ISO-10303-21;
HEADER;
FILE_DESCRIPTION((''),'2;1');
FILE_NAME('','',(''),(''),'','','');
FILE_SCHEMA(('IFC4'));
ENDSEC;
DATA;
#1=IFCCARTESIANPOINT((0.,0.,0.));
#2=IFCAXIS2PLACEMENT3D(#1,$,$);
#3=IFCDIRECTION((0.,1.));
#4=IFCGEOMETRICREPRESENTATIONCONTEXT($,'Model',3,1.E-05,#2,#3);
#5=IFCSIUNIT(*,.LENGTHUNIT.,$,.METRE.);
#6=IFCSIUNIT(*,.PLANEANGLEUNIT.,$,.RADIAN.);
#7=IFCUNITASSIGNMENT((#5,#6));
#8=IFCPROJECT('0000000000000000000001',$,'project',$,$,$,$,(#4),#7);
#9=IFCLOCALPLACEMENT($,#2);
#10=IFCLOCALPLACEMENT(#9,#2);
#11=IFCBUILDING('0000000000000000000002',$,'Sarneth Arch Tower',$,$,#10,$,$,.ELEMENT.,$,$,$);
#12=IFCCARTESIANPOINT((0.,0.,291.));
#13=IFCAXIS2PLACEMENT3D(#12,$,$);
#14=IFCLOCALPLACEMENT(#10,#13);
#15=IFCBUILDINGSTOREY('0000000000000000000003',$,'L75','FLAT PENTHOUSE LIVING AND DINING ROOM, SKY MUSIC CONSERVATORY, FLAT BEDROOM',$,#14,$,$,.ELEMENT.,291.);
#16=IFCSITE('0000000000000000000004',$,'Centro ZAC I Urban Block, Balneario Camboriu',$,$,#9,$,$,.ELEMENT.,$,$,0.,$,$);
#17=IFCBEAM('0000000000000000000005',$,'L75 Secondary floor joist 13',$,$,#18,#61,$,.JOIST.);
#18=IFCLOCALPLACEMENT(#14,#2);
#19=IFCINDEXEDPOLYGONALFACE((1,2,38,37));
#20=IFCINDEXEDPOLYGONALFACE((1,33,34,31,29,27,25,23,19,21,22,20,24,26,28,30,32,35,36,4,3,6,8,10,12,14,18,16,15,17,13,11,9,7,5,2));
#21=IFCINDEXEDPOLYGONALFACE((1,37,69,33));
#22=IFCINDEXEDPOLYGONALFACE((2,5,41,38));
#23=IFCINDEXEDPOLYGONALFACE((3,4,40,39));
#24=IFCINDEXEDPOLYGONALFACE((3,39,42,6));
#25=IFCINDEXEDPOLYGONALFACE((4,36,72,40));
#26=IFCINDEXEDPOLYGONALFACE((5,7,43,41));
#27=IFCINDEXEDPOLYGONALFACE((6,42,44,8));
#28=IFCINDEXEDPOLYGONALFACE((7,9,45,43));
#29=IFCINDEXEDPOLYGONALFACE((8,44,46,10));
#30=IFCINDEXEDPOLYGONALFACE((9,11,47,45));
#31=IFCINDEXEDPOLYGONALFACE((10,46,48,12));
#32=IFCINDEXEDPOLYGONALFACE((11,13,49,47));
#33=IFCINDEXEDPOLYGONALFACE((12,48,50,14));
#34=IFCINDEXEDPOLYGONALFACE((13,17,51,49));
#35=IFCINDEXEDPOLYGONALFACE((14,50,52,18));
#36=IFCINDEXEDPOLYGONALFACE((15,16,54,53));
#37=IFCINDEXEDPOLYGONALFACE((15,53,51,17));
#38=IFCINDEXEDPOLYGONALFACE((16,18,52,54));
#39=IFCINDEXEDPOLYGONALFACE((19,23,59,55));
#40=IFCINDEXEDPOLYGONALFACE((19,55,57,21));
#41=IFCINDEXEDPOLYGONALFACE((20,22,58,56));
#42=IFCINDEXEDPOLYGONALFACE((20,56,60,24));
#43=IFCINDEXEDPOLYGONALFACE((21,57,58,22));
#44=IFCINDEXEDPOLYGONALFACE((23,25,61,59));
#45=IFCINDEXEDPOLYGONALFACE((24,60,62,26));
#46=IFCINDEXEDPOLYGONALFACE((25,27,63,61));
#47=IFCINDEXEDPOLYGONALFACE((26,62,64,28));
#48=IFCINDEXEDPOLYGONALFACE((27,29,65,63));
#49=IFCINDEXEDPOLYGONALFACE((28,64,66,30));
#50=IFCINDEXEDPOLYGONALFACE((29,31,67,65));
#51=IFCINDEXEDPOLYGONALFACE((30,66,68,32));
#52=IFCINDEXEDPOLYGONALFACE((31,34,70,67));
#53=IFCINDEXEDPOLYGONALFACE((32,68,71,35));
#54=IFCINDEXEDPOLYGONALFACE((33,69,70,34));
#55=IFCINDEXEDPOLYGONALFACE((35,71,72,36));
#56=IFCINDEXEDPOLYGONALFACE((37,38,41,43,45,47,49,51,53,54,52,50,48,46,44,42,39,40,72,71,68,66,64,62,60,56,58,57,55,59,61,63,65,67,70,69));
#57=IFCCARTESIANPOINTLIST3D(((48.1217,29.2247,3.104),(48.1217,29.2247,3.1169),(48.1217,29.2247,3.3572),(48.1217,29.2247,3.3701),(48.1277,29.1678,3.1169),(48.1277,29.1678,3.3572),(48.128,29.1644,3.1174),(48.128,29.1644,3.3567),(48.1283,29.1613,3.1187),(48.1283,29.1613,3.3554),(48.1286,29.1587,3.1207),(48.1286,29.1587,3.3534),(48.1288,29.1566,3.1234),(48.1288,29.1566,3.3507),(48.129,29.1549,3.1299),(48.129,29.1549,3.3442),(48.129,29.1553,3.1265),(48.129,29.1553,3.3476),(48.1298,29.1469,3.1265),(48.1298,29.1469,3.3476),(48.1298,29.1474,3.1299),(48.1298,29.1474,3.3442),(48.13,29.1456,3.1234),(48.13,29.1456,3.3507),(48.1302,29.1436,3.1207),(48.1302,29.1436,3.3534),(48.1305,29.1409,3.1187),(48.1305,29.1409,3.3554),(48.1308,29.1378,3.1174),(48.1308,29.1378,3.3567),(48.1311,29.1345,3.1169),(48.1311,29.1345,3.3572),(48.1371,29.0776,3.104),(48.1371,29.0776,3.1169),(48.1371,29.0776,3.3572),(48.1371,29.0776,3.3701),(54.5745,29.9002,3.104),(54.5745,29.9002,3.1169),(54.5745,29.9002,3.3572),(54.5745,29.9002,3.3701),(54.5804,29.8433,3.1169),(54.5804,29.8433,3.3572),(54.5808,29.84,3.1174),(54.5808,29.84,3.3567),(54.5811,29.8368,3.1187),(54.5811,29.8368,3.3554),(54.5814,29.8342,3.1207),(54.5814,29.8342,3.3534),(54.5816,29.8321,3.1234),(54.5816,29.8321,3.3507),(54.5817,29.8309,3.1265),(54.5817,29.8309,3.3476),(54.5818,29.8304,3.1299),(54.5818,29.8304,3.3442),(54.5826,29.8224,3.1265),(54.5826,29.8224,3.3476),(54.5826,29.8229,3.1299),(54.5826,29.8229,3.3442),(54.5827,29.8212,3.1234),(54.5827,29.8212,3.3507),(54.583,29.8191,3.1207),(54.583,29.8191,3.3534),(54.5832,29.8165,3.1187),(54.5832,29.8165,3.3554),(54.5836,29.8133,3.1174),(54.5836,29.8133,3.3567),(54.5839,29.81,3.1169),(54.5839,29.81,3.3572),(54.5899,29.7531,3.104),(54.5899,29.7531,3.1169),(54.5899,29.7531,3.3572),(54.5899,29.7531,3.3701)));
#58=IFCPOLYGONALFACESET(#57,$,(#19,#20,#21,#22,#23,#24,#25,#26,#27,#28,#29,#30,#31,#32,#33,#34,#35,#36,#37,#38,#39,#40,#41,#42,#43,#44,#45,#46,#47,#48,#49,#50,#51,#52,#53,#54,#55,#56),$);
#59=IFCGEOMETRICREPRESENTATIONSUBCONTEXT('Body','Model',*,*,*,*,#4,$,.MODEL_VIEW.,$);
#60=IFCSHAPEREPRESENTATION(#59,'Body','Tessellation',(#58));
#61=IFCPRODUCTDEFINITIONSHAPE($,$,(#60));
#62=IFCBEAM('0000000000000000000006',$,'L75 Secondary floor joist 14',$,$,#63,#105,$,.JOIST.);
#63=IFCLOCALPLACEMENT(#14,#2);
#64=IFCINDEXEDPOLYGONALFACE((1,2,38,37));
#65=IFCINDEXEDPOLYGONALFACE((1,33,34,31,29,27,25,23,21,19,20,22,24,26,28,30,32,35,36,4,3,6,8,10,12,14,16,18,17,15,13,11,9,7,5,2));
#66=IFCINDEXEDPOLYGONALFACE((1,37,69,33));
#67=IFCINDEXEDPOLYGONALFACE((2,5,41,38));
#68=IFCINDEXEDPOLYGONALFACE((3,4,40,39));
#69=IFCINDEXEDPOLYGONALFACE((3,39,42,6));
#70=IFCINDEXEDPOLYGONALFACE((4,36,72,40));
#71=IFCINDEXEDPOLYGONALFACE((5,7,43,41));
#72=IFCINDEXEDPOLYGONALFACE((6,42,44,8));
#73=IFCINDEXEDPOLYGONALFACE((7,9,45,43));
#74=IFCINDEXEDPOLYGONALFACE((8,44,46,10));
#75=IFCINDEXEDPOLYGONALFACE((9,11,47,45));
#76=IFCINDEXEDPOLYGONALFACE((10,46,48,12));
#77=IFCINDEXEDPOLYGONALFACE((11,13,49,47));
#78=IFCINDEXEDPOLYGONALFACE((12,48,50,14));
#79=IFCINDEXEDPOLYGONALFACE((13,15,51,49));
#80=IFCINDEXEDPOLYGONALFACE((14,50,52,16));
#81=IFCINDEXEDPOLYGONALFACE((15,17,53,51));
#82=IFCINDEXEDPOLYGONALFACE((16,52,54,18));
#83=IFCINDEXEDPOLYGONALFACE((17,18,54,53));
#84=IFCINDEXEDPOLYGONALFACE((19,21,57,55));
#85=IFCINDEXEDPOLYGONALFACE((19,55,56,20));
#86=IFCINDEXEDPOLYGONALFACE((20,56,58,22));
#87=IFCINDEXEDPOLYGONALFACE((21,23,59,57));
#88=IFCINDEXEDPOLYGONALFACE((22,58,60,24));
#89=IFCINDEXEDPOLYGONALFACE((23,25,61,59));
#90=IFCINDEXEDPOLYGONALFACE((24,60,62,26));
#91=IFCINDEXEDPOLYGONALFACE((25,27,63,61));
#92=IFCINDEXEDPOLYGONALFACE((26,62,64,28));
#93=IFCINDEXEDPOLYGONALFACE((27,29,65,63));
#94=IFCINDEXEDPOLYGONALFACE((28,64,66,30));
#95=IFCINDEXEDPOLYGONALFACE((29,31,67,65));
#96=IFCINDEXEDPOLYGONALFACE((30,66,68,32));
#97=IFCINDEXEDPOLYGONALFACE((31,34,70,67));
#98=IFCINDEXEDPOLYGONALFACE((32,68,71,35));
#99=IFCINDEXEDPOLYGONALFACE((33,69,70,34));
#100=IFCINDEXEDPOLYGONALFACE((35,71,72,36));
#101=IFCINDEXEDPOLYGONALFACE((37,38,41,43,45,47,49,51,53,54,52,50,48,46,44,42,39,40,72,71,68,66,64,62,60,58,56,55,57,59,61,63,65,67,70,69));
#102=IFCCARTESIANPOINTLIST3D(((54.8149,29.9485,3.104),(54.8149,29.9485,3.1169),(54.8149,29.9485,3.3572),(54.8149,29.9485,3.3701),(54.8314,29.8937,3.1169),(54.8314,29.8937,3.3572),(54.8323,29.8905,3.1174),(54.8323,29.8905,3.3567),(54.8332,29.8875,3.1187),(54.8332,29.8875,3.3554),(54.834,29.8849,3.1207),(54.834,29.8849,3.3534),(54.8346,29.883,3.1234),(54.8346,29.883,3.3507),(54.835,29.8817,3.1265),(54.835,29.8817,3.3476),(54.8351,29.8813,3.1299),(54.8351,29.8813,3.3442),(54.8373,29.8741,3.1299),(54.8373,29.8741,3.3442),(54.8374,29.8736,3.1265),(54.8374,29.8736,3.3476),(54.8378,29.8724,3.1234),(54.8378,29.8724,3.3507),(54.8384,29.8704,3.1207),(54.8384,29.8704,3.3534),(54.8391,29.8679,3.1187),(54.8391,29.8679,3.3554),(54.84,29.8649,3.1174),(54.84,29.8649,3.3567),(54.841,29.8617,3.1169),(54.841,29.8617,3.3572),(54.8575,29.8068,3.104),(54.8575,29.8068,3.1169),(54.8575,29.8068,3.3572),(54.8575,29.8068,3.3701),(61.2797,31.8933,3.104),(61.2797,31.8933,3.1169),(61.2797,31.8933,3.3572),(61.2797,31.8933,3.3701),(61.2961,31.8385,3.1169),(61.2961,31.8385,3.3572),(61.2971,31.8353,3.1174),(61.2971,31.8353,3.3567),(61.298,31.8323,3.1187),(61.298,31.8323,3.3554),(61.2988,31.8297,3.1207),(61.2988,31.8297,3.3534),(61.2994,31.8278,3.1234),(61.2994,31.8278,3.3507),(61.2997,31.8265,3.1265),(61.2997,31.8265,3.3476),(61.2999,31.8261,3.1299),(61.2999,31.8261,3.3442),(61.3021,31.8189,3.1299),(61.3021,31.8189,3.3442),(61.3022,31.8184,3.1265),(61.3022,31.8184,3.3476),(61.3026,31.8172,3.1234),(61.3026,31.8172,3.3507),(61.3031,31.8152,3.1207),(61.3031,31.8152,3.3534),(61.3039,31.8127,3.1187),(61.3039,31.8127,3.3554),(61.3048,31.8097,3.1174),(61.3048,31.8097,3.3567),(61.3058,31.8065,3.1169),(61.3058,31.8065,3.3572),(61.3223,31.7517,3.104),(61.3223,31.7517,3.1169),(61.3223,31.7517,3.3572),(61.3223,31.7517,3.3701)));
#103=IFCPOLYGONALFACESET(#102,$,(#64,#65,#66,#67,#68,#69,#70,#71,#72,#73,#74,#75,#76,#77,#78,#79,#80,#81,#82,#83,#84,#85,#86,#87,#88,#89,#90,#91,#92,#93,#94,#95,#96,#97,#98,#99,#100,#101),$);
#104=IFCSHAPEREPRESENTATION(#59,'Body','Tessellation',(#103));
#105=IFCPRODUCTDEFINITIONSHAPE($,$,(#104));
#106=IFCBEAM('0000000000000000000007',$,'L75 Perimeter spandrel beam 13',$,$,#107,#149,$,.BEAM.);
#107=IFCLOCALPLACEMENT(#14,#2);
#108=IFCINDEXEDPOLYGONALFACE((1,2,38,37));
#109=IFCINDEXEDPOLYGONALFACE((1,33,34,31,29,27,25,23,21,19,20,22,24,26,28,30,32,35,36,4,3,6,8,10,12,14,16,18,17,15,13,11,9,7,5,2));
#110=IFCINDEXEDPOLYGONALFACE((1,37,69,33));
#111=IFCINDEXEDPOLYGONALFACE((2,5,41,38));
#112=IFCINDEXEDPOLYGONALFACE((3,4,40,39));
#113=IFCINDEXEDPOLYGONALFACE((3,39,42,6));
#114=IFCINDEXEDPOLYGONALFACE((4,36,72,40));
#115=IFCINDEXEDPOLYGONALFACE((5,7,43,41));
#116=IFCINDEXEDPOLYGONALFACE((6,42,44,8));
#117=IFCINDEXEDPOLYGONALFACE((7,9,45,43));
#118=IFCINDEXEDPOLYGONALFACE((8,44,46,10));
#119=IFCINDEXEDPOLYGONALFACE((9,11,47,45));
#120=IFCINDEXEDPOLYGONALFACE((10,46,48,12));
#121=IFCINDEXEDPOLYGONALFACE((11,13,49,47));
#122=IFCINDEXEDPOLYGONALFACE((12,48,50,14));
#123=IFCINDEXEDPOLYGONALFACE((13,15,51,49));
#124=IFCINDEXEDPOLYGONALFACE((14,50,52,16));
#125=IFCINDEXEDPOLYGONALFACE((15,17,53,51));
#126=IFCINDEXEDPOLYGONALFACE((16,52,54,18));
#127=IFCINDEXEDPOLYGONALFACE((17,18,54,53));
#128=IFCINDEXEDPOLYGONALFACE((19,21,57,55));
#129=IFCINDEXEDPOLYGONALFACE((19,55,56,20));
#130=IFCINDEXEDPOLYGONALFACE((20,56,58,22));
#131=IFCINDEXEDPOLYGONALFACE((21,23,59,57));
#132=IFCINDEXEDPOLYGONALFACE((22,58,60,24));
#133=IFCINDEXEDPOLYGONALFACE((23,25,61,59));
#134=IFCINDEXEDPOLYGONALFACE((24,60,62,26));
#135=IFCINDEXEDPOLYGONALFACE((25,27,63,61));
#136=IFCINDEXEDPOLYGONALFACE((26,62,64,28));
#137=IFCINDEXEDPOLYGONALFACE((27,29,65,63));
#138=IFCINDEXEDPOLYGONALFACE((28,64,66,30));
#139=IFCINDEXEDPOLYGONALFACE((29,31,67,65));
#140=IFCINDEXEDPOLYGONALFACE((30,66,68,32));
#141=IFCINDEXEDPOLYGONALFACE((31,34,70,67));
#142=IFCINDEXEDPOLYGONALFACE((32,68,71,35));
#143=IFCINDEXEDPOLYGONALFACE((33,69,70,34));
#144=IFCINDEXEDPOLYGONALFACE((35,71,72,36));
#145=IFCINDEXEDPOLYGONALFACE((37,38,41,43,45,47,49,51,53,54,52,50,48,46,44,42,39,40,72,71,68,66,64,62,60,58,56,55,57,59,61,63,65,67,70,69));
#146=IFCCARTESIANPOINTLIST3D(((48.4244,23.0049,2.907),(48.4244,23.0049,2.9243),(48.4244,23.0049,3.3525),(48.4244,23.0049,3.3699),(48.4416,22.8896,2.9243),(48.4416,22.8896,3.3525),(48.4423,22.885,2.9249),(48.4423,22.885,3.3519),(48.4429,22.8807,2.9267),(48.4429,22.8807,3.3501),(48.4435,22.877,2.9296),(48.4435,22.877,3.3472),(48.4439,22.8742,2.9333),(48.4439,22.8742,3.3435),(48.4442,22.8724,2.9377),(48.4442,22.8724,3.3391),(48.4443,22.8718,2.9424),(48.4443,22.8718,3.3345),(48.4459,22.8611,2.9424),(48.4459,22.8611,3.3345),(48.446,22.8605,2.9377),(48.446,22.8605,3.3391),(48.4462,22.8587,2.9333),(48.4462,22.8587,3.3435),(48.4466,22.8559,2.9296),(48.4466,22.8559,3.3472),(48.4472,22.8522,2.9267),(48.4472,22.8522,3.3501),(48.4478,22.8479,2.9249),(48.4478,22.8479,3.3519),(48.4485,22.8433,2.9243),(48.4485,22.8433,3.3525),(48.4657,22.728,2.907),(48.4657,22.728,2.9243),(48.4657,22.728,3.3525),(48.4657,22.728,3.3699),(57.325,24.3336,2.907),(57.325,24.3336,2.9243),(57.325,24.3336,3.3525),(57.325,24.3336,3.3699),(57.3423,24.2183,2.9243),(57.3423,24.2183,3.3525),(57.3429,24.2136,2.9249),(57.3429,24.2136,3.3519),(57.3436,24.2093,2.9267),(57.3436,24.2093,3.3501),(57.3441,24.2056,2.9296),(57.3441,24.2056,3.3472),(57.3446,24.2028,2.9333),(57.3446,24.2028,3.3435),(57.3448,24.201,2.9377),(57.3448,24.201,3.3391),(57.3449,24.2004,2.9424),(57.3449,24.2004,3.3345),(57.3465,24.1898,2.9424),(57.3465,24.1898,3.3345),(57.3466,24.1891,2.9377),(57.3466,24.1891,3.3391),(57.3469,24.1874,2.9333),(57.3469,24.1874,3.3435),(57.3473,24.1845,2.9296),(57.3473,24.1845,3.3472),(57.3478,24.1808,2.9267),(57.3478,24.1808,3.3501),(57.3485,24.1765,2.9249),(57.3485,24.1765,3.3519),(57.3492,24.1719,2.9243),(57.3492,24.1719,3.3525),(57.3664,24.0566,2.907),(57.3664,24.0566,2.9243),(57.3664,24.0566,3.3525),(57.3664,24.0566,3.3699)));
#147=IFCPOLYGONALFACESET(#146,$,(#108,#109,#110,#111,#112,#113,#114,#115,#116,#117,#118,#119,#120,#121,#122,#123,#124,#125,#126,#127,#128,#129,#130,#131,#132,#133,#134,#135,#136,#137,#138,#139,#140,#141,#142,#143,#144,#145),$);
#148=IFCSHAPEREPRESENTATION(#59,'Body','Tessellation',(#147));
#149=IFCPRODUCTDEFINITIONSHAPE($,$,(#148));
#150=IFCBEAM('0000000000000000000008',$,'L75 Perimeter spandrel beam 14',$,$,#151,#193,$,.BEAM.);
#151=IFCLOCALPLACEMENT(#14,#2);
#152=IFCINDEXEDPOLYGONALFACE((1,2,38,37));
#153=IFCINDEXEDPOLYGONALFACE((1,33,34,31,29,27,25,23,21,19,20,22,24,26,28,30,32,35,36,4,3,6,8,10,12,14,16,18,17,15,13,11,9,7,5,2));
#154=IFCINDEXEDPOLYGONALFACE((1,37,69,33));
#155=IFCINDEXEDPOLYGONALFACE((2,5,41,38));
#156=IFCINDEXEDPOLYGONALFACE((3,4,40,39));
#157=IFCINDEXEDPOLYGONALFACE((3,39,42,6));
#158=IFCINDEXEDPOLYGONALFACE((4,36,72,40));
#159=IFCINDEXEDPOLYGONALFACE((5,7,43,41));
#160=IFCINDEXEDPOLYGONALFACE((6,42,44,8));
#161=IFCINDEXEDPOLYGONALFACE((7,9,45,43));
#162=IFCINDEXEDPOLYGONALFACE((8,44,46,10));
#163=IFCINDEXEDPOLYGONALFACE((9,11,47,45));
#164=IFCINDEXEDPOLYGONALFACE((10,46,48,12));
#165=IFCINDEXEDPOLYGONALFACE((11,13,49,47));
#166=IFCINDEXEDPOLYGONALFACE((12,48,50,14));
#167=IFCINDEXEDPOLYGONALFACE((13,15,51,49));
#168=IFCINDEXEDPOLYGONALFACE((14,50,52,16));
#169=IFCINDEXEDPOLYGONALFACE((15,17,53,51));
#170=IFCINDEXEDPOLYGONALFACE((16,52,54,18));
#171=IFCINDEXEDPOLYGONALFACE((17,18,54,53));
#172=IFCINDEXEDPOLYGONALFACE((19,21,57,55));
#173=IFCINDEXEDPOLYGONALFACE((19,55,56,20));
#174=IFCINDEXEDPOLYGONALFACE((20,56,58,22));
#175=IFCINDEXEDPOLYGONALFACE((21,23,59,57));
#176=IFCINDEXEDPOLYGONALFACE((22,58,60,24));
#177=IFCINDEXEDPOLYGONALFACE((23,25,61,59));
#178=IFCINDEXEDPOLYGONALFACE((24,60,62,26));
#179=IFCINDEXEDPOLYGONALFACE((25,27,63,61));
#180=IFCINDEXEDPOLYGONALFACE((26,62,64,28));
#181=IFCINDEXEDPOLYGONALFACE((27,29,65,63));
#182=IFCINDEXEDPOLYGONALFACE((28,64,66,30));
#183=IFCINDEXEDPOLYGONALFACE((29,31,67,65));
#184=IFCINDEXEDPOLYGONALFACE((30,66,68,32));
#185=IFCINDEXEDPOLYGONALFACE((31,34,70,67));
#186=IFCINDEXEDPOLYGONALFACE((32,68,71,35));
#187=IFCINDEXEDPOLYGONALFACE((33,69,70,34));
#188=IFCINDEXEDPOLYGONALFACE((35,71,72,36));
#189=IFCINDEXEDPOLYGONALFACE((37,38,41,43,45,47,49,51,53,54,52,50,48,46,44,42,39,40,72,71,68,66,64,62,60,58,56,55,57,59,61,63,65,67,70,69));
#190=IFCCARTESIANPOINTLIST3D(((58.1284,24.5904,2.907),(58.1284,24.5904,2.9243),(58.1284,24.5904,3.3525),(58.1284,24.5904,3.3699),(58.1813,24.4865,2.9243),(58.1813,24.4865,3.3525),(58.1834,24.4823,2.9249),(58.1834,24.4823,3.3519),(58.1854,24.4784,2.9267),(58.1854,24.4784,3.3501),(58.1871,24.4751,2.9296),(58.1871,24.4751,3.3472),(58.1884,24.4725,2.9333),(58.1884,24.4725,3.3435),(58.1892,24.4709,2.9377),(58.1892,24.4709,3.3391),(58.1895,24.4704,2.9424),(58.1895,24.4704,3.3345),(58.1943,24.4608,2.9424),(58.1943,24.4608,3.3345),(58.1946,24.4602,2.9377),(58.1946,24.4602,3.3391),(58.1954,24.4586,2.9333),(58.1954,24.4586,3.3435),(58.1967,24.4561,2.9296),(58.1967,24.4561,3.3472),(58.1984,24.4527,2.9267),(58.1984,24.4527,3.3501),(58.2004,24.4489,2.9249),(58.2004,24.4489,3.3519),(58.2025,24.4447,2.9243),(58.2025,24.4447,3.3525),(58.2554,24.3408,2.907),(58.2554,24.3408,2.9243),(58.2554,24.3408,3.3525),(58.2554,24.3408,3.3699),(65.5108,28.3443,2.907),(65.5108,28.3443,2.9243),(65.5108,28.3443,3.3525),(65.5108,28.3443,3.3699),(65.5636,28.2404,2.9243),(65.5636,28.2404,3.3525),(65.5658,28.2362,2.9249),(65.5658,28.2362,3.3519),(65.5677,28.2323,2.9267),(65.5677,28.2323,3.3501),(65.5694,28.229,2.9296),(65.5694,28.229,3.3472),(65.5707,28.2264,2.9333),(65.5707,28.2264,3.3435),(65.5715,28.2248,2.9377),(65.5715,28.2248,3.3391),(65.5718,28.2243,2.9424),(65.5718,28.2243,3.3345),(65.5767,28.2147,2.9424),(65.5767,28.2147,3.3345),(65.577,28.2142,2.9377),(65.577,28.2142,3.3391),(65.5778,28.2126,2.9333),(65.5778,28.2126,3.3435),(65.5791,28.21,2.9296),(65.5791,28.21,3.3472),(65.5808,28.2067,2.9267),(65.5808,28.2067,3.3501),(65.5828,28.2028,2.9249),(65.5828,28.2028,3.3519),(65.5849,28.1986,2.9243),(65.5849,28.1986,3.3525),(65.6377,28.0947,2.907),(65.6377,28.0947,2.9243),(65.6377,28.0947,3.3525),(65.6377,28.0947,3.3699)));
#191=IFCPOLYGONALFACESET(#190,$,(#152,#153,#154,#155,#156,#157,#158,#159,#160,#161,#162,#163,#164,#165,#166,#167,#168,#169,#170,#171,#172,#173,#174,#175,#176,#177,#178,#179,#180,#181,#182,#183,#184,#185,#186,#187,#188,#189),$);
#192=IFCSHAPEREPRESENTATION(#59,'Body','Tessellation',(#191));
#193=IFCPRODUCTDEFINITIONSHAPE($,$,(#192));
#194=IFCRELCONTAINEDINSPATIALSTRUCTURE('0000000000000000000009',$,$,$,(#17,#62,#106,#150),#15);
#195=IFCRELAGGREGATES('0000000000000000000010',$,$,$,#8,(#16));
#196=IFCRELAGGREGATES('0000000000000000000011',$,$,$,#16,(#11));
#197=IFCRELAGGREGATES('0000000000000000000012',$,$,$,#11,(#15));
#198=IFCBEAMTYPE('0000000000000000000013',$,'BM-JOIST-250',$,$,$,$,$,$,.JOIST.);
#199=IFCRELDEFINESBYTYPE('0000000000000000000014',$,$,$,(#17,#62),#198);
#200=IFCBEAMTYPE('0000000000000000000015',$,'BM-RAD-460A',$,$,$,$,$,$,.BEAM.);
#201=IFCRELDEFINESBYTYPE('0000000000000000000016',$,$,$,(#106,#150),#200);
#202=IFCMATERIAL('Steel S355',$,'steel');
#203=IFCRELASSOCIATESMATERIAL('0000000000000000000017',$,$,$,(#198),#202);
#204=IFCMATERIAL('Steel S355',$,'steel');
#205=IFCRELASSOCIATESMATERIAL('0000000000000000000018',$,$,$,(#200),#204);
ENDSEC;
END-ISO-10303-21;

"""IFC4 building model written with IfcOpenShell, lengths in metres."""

from ifc_helpers import new_model, si_unit, direction, frame, origin, origin_2d, place, context, subcontext, project, spatial, i_section, extrude, material, material_profile, profile_set, type_object, element, save


model = new_model("IFC4")

# Units and contexts
model_context = context("Model", 3, precision=1e-05, world=origin(), true_north=direction((0.0, 1.0)))
body_context = subcontext(model_context, "Body", "Model", "MODEL_VIEW")
ifc_project = project(units=[si_unit("LENGTHUNIT", "METRE"), si_unit("PLANEANGLEUNIT", "RADIAN")], contexts=[model_context])

# Site, building, storey
site_placement = place(None, origin())
site = spatial("IfcSite", under=ifc_project, at=site_placement, Name="Centro ZAC I Urban Block, Balneario Camboriu", CompositionType="ELEMENT", RefElevation=0.0)
building_placement = place(site_placement, origin())
building = spatial("IfcBuilding", under=site, at=building_placement, Name="Sarneth Arch Tower", CompositionType="ELEMENT")
storey_placement = place(building_placement, frame((0.0, 0.0, 291.0)))
storey = spatial("IfcBuildingStorey", under=building, at=storey_placement, Name="L75", Description="FLAT PENTHOUSE LIVING AND DINING ROOM, SKY MUSIC CONSERVATORY, FLAT BEDROOM", CompositionType="ELEMENT", Elevation=291.0)

# Beams
ifc_material_1 = material(Name="Steel S355", Category="steel")
ifc_material_profile_1 = material_profile(ifc_material_1, i_section(OverallWidth=0.1479, OverallDepth=0.2661, WebThickness=0.0076, FlangeThickness=0.0129, FilletRadius=0.0129, at=origin_2d()), Name="W250x44.8")
ifc_profile_set_1 = profile_set([ifc_material_profile_1], Name="Steel S355")
beam_type_1 = type_object("IfcBeamType", Name="BM-JOIST-250", PredefinedType="JOIST", material=ifc_profile_set_1)
beam_1_placement = place(storey_placement, frame((48.1294, 29.1511, 3.2371), z_axis=(0.994565, 0.104119, 0.0), x_axis=(-0.104119, 0.994565, 0.0)))
element("IfcBeam", 1, at=beam_1_placement, inside=storey, type_object=beam_type_1, Name="L75 Secondary floor joist 13", PredefinedType="JOIST", context=body_context, shape_type="SweptSolid", body=[
    extrude(i_section(OverallWidth=0.1479, OverallDepth=0.2661, WebThickness=0.0076, FlangeThickness=0.0129, FilletRadius=0.0129, at=origin_2d()), origin(), (0.0, 0.0, 1.0), 6.488),
])
beam_2_placement = place(storey_placement, frame((54.8362, 29.8777, 3.2371), z_axis=(0.957607, 0.288078, 0.0), x_axis=(-0.288078, 0.957607, 0.0)))
element("IfcBeam", 2, at=beam_2_placement, inside=storey, type_object=beam_type_1, Name="L75 Secondary floor joist 14", PredefinedType="JOIST", context=body_context, shape_type="SweptSolid", body=[
    extrude(i_section(OverallWidth=0.1479, OverallDepth=0.2661, WebThickness=0.0076, FlangeThickness=0.0129, FilletRadius=0.0129, at=origin_2d()), origin(), (0.0, 0.0, 1.0), 6.751),
])
ifc_material_2 = material(Name="Steel S355", Category="steel")
ifc_material_profile_2 = material_profile(ifc_material_2, i_section(OverallWidth=0.28, OverallDepth=0.4629, WebThickness=0.0107, FlangeThickness=0.0173, FilletRadius=0.0181, at=origin_2d()), Name="W460x113")
ifc_profile_set_2 = profile_set([ifc_material_profile_2], Name="Steel S355")
beam_type_2 = type_object("IfcBeamType", Name="BM-RAD-460A", PredefinedType="BEAM", material=ifc_profile_set_2)
beam_3_placement = place(storey_placement, frame((48.4451, 22.8665, 3.1384), z_axis=(0.989042, 0.147636, 0.0), x_axis=(-0.147636, 0.989042, 0.0)))
element("IfcBeam", 3, at=beam_3_placement, inside=storey, type_object=beam_type_2, Name="L75 Perimeter spandrel beam 13", PredefinedType="BEAM", context=body_context, shape_type="SweptSolid", body=[
    extrude(i_section(OverallWidth=0.28, OverallDepth=0.4629, WebThickness=0.0107, FlangeThickness=0.0173, FilletRadius=0.0181, at=origin_2d()), origin(), (0.0, 0.0, 1.0), 8.9993),
])
beam_4_placement = place(storey_placement, frame((58.1919, 24.4656, 3.1384), z_axis=(0.891376, 0.453264, 0.0), x_axis=(-0.453264, 0.891376, 0.0)))
element("IfcBeam", 4, at=beam_4_placement, inside=storey, type_object=beam_type_2, Name="L75 Perimeter spandrel beam 14", PredefinedType="BEAM", context=body_context, shape_type="SweptSolid", body=[
    extrude(i_section(OverallWidth=0.28, OverallDepth=0.4629, WebThickness=0.0107, FlangeThickness=0.0173, FilletRadius=0.0181, at=origin_2d()), origin(), (0.0, 0.0, 1.0), 8.282),
])

save(model, "model.ifc")
